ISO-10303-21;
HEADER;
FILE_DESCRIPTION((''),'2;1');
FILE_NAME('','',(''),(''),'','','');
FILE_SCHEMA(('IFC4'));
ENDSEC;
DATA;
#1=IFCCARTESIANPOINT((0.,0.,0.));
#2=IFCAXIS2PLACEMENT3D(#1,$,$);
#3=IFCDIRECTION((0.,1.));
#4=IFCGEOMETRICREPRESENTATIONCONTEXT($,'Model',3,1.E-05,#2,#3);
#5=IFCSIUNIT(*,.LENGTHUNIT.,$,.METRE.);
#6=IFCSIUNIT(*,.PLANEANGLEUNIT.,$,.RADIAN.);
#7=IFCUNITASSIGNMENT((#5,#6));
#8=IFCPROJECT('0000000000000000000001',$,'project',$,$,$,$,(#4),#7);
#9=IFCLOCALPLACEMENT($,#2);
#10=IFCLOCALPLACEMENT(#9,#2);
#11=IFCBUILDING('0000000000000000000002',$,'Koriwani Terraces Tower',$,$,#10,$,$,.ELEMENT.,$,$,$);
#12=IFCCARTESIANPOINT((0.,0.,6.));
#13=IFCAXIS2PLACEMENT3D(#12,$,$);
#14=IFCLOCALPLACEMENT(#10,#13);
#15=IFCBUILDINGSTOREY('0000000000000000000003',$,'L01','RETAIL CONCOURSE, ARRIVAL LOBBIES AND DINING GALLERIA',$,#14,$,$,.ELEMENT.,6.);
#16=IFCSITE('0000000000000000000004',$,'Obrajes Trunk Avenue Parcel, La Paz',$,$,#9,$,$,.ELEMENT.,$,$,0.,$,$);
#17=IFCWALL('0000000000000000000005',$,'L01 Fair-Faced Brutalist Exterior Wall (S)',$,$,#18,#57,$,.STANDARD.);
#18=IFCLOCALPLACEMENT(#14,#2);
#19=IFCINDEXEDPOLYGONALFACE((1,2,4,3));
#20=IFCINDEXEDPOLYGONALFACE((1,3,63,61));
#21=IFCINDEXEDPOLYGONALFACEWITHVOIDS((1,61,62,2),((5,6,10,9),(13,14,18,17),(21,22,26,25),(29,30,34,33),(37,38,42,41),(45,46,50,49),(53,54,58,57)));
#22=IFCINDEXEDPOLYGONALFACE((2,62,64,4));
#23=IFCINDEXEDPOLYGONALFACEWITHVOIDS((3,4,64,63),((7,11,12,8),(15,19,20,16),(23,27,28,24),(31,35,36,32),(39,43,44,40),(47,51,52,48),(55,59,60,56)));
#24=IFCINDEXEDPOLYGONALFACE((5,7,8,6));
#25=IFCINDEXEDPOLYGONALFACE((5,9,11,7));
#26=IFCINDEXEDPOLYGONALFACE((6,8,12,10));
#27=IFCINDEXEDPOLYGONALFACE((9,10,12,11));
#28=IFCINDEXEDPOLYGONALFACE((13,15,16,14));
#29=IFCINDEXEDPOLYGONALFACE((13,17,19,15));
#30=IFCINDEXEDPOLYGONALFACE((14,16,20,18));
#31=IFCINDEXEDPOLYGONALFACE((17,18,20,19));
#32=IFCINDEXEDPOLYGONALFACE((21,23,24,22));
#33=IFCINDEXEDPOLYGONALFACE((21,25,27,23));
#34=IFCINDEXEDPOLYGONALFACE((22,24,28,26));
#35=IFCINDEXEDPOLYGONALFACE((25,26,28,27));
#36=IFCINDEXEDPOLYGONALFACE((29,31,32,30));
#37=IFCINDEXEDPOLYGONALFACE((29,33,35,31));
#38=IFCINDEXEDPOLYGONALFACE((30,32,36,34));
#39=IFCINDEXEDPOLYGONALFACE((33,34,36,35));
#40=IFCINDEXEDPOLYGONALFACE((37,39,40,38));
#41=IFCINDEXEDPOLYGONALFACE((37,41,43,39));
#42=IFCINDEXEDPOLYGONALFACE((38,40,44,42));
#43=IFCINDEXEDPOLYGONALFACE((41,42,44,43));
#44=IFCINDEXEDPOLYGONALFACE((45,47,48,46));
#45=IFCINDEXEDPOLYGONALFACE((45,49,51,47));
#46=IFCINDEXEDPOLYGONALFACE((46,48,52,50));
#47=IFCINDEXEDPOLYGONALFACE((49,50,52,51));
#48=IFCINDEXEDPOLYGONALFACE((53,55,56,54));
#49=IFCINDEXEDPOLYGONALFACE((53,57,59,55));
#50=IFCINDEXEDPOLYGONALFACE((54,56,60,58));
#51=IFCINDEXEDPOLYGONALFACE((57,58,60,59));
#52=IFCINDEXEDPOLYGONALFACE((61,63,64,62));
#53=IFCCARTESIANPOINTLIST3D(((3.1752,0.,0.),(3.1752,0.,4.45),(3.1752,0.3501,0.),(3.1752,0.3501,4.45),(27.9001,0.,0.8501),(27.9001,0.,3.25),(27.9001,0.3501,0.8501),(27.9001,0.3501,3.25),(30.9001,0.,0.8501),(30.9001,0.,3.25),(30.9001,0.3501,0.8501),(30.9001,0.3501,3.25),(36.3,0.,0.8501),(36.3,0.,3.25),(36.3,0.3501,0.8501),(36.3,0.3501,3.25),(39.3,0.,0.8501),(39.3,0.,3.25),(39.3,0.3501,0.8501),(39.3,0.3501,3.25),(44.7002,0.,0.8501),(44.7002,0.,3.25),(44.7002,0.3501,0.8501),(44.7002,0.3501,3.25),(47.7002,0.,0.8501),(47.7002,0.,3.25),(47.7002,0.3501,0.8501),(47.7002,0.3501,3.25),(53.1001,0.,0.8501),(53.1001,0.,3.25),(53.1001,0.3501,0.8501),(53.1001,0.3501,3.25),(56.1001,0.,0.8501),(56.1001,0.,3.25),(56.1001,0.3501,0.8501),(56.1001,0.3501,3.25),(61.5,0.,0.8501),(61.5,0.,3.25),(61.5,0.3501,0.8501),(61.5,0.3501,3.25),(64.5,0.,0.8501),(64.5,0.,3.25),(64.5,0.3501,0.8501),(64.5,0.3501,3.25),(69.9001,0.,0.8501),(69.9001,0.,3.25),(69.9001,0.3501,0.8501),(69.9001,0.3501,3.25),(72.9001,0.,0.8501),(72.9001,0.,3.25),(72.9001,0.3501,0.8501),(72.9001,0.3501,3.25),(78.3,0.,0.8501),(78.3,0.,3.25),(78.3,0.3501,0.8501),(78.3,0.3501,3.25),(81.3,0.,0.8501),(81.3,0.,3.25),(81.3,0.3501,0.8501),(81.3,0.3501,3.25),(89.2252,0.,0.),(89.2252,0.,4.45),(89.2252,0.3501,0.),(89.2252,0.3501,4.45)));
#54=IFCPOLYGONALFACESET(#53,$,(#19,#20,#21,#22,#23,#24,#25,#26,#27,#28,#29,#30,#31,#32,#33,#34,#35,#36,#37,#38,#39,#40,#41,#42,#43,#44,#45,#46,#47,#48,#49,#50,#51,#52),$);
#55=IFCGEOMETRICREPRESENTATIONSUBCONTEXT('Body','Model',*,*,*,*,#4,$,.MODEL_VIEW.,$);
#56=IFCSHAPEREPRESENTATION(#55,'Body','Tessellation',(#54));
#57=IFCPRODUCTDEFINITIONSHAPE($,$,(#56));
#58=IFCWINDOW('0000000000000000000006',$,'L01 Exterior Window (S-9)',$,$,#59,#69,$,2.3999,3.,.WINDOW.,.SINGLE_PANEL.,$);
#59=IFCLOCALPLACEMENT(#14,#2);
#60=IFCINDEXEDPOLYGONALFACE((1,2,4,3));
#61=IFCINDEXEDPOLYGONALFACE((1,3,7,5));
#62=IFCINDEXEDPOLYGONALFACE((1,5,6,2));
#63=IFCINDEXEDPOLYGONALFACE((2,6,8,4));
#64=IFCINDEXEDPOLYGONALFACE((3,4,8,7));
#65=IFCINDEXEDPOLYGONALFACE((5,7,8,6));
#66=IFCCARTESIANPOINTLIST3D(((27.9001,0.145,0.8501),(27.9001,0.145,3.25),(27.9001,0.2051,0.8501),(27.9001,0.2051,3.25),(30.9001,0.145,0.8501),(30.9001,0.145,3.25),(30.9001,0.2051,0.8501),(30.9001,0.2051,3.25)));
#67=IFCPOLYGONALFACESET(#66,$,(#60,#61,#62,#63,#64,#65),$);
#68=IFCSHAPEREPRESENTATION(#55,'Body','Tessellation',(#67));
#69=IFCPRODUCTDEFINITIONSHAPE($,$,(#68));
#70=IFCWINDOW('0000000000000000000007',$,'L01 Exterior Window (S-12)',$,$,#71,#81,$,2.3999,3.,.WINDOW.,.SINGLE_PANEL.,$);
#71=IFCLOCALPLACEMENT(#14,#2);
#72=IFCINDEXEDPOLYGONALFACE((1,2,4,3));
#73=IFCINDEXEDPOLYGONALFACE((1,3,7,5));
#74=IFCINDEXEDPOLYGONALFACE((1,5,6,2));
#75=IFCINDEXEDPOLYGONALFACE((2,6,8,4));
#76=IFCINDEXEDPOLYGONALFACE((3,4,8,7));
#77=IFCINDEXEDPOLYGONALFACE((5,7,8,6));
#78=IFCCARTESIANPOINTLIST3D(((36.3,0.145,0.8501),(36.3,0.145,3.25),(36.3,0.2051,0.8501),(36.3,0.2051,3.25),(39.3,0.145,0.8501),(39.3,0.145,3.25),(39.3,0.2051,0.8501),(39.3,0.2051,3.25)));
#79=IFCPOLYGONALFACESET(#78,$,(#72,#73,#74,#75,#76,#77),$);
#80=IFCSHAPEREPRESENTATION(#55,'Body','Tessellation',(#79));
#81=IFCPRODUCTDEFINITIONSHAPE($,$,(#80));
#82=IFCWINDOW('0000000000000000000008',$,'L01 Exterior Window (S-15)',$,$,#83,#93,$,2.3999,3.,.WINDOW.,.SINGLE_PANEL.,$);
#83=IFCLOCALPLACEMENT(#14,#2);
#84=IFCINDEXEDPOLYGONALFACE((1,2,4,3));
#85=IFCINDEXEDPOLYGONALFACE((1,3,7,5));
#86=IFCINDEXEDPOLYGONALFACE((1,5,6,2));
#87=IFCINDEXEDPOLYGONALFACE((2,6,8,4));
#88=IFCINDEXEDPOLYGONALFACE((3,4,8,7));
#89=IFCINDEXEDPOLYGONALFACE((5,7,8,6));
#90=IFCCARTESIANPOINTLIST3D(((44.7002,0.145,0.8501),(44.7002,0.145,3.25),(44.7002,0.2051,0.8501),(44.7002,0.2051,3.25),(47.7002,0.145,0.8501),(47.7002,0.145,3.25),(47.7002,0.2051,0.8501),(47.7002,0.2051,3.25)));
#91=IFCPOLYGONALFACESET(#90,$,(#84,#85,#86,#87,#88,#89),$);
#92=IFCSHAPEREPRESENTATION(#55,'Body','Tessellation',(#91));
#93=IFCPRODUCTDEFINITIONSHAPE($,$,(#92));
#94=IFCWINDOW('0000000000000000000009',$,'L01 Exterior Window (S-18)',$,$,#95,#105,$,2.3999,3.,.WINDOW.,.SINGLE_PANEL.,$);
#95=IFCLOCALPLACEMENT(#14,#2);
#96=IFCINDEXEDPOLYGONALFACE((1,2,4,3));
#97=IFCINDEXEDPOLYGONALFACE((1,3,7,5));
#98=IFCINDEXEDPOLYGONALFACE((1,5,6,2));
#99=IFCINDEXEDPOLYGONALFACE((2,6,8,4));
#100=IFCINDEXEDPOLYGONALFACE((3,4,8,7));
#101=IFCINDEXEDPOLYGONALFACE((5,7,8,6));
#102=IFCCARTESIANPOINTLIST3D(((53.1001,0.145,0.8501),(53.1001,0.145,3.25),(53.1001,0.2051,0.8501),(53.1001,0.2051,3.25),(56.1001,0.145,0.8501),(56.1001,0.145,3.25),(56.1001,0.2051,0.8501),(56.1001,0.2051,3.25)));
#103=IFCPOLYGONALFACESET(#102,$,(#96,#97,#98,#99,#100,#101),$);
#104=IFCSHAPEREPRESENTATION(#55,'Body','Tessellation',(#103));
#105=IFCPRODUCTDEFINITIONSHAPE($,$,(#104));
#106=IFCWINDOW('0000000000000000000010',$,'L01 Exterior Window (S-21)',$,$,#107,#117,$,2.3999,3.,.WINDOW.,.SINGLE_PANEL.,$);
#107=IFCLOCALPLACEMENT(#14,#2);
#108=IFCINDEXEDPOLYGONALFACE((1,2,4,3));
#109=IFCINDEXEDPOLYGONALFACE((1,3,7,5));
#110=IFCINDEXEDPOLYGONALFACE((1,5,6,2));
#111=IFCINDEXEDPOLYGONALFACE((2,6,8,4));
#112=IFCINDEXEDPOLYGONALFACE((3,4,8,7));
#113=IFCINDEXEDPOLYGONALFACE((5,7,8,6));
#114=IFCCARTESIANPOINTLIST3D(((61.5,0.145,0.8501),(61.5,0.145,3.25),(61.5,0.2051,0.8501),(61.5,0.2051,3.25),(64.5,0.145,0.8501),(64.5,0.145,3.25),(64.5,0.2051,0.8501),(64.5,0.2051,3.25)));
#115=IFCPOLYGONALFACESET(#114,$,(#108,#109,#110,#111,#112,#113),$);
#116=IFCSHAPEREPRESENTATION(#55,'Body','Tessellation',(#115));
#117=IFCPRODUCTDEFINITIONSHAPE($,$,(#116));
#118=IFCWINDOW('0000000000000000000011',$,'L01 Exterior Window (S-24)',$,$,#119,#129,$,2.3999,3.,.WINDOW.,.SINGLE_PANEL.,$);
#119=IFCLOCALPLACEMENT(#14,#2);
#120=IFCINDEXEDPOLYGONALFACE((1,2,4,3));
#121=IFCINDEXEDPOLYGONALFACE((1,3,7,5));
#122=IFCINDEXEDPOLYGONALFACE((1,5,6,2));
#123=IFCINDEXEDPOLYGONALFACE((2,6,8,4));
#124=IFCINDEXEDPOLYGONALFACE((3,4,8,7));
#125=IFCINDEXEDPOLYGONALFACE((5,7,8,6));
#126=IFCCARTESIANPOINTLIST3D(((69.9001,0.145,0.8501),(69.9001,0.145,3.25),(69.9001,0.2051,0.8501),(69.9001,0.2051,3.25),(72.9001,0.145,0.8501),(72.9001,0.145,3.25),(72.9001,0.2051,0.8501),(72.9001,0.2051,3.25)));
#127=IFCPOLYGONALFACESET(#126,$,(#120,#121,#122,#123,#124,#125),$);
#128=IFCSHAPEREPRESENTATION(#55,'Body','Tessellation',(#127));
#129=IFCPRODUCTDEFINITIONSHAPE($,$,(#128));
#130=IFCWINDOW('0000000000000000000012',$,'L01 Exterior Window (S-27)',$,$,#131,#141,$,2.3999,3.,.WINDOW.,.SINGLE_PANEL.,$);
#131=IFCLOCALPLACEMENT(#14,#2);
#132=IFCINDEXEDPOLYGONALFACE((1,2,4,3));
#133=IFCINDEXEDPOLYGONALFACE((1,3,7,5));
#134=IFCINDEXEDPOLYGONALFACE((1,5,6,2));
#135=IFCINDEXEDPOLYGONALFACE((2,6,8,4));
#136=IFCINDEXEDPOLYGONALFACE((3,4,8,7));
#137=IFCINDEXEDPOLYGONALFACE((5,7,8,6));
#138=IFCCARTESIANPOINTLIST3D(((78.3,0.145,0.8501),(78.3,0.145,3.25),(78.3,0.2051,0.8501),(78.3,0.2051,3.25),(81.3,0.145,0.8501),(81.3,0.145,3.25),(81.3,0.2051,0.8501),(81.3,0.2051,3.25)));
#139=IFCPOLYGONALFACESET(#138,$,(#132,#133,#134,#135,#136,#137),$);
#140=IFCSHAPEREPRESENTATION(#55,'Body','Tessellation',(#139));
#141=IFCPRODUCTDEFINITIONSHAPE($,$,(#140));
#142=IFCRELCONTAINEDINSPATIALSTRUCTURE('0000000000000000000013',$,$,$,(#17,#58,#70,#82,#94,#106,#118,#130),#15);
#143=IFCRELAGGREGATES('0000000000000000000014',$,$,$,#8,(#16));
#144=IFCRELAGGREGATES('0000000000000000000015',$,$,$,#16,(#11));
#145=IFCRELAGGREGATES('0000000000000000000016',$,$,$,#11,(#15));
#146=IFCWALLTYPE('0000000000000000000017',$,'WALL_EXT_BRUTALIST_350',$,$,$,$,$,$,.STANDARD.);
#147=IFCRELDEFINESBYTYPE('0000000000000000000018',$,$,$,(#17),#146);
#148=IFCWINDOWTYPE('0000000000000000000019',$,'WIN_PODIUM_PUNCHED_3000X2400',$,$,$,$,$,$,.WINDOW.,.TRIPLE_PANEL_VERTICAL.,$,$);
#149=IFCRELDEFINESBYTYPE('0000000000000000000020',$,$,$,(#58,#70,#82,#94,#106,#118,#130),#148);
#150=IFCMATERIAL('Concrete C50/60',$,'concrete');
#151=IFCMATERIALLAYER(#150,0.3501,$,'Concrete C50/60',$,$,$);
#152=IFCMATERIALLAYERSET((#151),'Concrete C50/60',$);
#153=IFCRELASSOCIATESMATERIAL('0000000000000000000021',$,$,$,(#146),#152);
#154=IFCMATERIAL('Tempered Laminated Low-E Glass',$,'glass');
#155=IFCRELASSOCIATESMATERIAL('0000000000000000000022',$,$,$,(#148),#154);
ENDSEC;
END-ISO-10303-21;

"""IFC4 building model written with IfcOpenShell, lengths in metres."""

from ifc_helpers import new_model, si_unit, direction, frame, frame_2d, origin, place, context, subcontext, project, spatial, rectangle, extrude, material, layer, layer_set, type_object, element, fill, save


model = new_model("IFC4")

# Units and contexts
model_context = context("Model", 3, precision=1e-05, world=origin(), true_north=direction((0.0, 1.0)))
body_context = subcontext(model_context, "Body", "Model", "MODEL_VIEW")
ifc_project = project(units=[si_unit("LENGTHUNIT", "METRE"), si_unit("PLANEANGLEUNIT", "RADIAN")], contexts=[model_context])

# Site, building, storey
site_placement = place(None, origin())
site = spatial("IfcSite", under=ifc_project, at=site_placement, Name="Obrajes Trunk Avenue Parcel, La Paz", CompositionType="ELEMENT", RefElevation=0.0)
building_placement = place(site_placement, origin())
building = spatial("IfcBuilding", under=site, at=building_placement, Name="Koriwani Terraces Tower", CompositionType="ELEMENT")
storey_placement = place(building_placement, frame((0.0, 0.0, 6.0)))
storey = spatial("IfcBuildingStorey", under=building, at=storey_placement, Name="L01", Description="RETAIL CONCOURSE, ARRIVAL LOBBIES AND DINING GALLERIA", CompositionType="ELEMENT", Elevation=6.0)

# Shared definitions
ifc_material_1 = material(Name="Concrete C50/60", Category="concrete")
ifc_layer_1 = layer(ifc_material_1, 0.3501, Name="Concrete C50/60")
ifc_layer_set_1 = layer_set([ifc_layer_1], Name="Concrete C50/60")
wall_type_1 = type_object("IfcWallType", Name="WALL_EXT_BRUTALIST_350", PredefinedType="STANDARD", material=ifc_layer_set_1)

# Wall, openings, windows
wall_1_placement = place(storey_placement, frame((89.2251, 0.175, 0.0), z_axis=(0.0, 0.0, 1.0), x_axis=(-1.0, 0.0, 0.0)))
wall_1 = element("IfcWall", 1, at=wall_1_placement, inside=storey, type_object=wall_type_1, Name="L01 Fair-Faced Brutalist Exterior Wall (S)", PredefinedType="STANDARD", context=body_context, shape_type="SweptSolid", body=[
    extrude(rectangle(XDim=86.05, YDim=0.3501, at=frame_2d((43.0249, 0.0))), origin(), (0.0, 0.0, 1.0), 4.45),
])
opening_1_placement = place(wall_1_placement, frame((58.325, 0.0, 0.8501)))
opening_1 = element("IfcOpeningElement", 2, at=opening_1_placement, cuts=wall_1, PredefinedType="OPENING", context=body_context, shape_type="SweptSolid", body=[
    extrude(rectangle(XDim=3.0, YDim=2.3999, at=frame_2d((1.5, 1.2))), frame((0.0, 0.1851, 0.0), z_axis=(0.0, -1.0, 0.0), x_axis=(1.0, 0.0, 0.0)), (0.0, 0.0, 1.0), 0.3701),
])
opening_2_placement = place(wall_1_placement, frame((49.925, 0.0, 0.8501)))
opening_2 = element("IfcOpeningElement", 3, at=opening_2_placement, cuts=wall_1, PredefinedType="OPENING", context=body_context, shape_type="SweptSolid", body=[
    extrude(rectangle(XDim=3.0, YDim=2.3999, at=frame_2d((1.5, 1.2))), frame((0.0, 0.1851, 0.0), z_axis=(0.0, -1.0, 0.0), x_axis=(1.0, 0.0, 0.0)), (0.0, 0.0, 1.0), 0.3701),
])
opening_3_placement = place(wall_1_placement, frame((41.5249, 0.0, 0.8501)))
opening_3 = element("IfcOpeningElement", 4, at=opening_3_placement, cuts=wall_1, PredefinedType="OPENING", context=body_context, shape_type="SweptSolid", body=[
    extrude(rectangle(XDim=3.0, YDim=2.3999, at=frame_2d((1.5, 1.2))), frame((0.0, 0.1851, 0.0), z_axis=(0.0, -1.0, 0.0), x_axis=(1.0, 0.0, 0.0)), (0.0, 0.0, 1.0), 0.3701),
])
opening_4_placement = place(wall_1_placement, frame((33.125, 0.0, 0.8501)))
opening_4 = element("IfcOpeningElement", 5, at=opening_4_placement, cuts=wall_1, PredefinedType="OPENING", context=body_context, shape_type="SweptSolid", body=[
    extrude(rectangle(XDim=3.0, YDim=2.3999, at=frame_2d((1.5, 1.2))), frame((0.0, 0.1851, 0.0), z_axis=(0.0, -1.0, 0.0), x_axis=(1.0, 0.0, 0.0)), (0.0, 0.0, 1.0), 0.3701),
])
opening_5_placement = place(wall_1_placement, frame((24.7251, 0.0, 0.8501)))
opening_5 = element("IfcOpeningElement", 6, at=opening_5_placement, cuts=wall_1, PredefinedType="OPENING", context=body_context, shape_type="SweptSolid", body=[
    extrude(rectangle(XDim=3.0, YDim=2.3999, at=frame_2d((1.5, 1.2))), frame((0.0, 0.1851, 0.0), z_axis=(0.0, -1.0, 0.0), x_axis=(1.0, 0.0, 0.0)), (0.0, 0.0, 1.0), 0.3701),
])
opening_6_placement = place(wall_1_placement, frame((16.325, 0.0, 0.8501)))
opening_6 = element("IfcOpeningElement", 7, at=opening_6_placement, cuts=wall_1, PredefinedType="OPENING", context=body_context, shape_type="SweptSolid", body=[
    extrude(rectangle(XDim=3.0, YDim=2.3999, at=frame_2d((1.5, 1.2))), frame((0.0, 0.1851, 0.0), z_axis=(0.0, -1.0, 0.0), x_axis=(1.0, 0.0, 0.0)), (0.0, 0.0, 1.0), 0.3701),
])
opening_7_placement = place(wall_1_placement, frame((7.925, 0.0, 0.8501)))
opening_7 = element("IfcOpeningElement", 8, at=opening_7_placement, cuts=wall_1, PredefinedType="OPENING", context=body_context, shape_type="SweptSolid", body=[
    extrude(rectangle(XDim=3.0, YDim=2.3999, at=frame_2d((1.5, 1.2))), frame((0.0, 0.1851, 0.0), z_axis=(0.0, -1.0, 0.0), x_axis=(1.0, 0.0, 0.0)), (0.0, 0.0, 1.0), 0.3701),
])
ifc_material_2 = material(Name="Tempered Laminated Low-E Glass", Category="glass")
window_type = type_object("IfcWindowType", Name="WIN_PODIUM_PUNCHED_3000X2400", PartitioningType="TRIPLE_PANEL_VERTICAL", PredefinedType="WINDOW", material=ifc_material_2)
window_1_placement = place(opening_1_placement, origin())
window_1 = element("IfcWindow", 9, at=window_1_placement, inside=storey, type_object=window_type, Name="L01 Exterior Window (S-9)", OverallHeight=2.3999, OverallWidth=3.0, PartitioningType="SINGLE_PANEL", PredefinedType="WINDOW", context=body_context, shape_type="SweptSolid", body=[
    extrude(rectangle(XDim=3.0, YDim=2.3999, at=frame_2d((1.5, 1.2))), frame((0.0, 0.03, 0.0), z_axis=(0.0, -1.0, 0.0), x_axis=(1.0, 0.0, 0.0)), (0.0, 0.0, 1.0), 0.0601),
])
fill(opening_1, window_1)
window_2_placement = place(opening_2_placement, origin())
window_2 = element("IfcWindow", 10, at=window_2_placement, inside=storey, type_object=window_type, Name="L01 Exterior Window (S-12)", OverallHeight=2.3999, OverallWidth=3.0, PartitioningType="SINGLE_PANEL", PredefinedType="WINDOW", context=body_context, shape_type="SweptSolid", body=[
    extrude(rectangle(XDim=3.0, YDim=2.3999, at=frame_2d((1.5, 1.2))), frame((0.0, 0.03, 0.0), z_axis=(0.0, -1.0, 0.0), x_axis=(1.0, 0.0, 0.0)), (0.0, 0.0, 1.0), 0.0601),
])
fill(opening_2, window_2)
window_3_placement = place(opening_3_placement, origin())
window_3 = element("IfcWindow", 11, at=window_3_placement, inside=storey, type_object=window_type, Name="L01 Exterior Window (S-15)", OverallHeight=2.3999, OverallWidth=3.0, PartitioningType="SINGLE_PANEL", PredefinedType="WINDOW", context=body_context, shape_type="SweptSolid", body=[
    extrude(rectangle(XDim=3.0, YDim=2.3999, at=frame_2d((1.5, 1.2))), frame((0.0, 0.03, 0.0), z_axis=(0.0, -1.0, 0.0), x_axis=(1.0, 0.0, 0.0)), (0.0, 0.0, 1.0), 0.0601),
])
fill(opening_3, window_3)
window_4_placement = place(opening_4_placement, origin())
window_4 = element("IfcWindow", 12, at=window_4_placement, inside=storey, type_object=window_type, Name="L01 Exterior Window (S-18)", OverallHeight=2.3999, OverallWidth=3.0, PartitioningType="SINGLE_PANEL", PredefinedType="WINDOW", context=body_context, shape_type="SweptSolid", body=[
    extrude(rectangle(XDim=3.0, YDim=2.3999, at=frame_2d((1.5, 1.2))), frame((0.0, 0.03, 0.0), z_axis=(0.0, -1.0, 0.0), x_axis=(1.0, 0.0, 0.0)), (0.0, 0.0, 1.0), 0.0601),
])
fill(opening_4, window_4)
window_5_placement = place(opening_5_placement, origin())
window_5 = element("IfcWindow", 13, at=window_5_placement, inside=storey, type_object=window_type, Name="L01 Exterior Window (S-21)", OverallHeight=2.3999, OverallWidth=3.0, PartitioningType="SINGLE_PANEL", PredefinedType="WINDOW", context=body_context, shape_type="SweptSolid", body=[
    extrude(rectangle(XDim=3.0, YDim=2.3999, at=frame_2d((1.5, 1.2))), frame((0.0, 0.03, 0.0), z_axis=(0.0, -1.0, 0.0), x_axis=(1.0, 0.0, 0.0)), (0.0, 0.0, 1.0), 0.0601),
])
fill(opening_5, window_5)
window_6_placement = place(opening_6_placement, origin())
window_6 = element("IfcWindow", 14, at=window_6_placement, inside=storey, type_object=window_type, Name="L01 Exterior Window (S-24)", OverallHeight=2.3999, OverallWidth=3.0, PartitioningType="SINGLE_PANEL", PredefinedType="WINDOW", context=body_context, shape_type="SweptSolid", body=[
    extrude(rectangle(XDim=3.0, YDim=2.3999, at=frame_2d((1.5, 1.2))), frame((0.0, 0.03, 0.0), z_axis=(0.0, -1.0, 0.0), x_axis=(1.0, 0.0, 0.0)), (0.0, 0.0, 1.0), 0.0601),
])
fill(opening_6, window_6)
window_7_placement = place(opening_7_placement, origin())
window_7 = element("IfcWindow", 15, at=window_7_placement, inside=storey, type_object=window_type, Name="L01 Exterior Window (S-27)", OverallHeight=2.3999, OverallWidth=3.0, PartitioningType="SINGLE_PANEL", PredefinedType="WINDOW", context=body_context, shape_type="SweptSolid", body=[
    extrude(rectangle(XDim=3.0, YDim=2.3999, at=frame_2d((1.5, 1.2))), frame((0.0, 0.03, 0.0), z_axis=(0.0, -1.0, 0.0), x_axis=(1.0, 0.0, 0.0)), (0.0, 0.0, 1.0), 0.0601),
])
fill(opening_7, window_7)

save(model, "model.ifc")
